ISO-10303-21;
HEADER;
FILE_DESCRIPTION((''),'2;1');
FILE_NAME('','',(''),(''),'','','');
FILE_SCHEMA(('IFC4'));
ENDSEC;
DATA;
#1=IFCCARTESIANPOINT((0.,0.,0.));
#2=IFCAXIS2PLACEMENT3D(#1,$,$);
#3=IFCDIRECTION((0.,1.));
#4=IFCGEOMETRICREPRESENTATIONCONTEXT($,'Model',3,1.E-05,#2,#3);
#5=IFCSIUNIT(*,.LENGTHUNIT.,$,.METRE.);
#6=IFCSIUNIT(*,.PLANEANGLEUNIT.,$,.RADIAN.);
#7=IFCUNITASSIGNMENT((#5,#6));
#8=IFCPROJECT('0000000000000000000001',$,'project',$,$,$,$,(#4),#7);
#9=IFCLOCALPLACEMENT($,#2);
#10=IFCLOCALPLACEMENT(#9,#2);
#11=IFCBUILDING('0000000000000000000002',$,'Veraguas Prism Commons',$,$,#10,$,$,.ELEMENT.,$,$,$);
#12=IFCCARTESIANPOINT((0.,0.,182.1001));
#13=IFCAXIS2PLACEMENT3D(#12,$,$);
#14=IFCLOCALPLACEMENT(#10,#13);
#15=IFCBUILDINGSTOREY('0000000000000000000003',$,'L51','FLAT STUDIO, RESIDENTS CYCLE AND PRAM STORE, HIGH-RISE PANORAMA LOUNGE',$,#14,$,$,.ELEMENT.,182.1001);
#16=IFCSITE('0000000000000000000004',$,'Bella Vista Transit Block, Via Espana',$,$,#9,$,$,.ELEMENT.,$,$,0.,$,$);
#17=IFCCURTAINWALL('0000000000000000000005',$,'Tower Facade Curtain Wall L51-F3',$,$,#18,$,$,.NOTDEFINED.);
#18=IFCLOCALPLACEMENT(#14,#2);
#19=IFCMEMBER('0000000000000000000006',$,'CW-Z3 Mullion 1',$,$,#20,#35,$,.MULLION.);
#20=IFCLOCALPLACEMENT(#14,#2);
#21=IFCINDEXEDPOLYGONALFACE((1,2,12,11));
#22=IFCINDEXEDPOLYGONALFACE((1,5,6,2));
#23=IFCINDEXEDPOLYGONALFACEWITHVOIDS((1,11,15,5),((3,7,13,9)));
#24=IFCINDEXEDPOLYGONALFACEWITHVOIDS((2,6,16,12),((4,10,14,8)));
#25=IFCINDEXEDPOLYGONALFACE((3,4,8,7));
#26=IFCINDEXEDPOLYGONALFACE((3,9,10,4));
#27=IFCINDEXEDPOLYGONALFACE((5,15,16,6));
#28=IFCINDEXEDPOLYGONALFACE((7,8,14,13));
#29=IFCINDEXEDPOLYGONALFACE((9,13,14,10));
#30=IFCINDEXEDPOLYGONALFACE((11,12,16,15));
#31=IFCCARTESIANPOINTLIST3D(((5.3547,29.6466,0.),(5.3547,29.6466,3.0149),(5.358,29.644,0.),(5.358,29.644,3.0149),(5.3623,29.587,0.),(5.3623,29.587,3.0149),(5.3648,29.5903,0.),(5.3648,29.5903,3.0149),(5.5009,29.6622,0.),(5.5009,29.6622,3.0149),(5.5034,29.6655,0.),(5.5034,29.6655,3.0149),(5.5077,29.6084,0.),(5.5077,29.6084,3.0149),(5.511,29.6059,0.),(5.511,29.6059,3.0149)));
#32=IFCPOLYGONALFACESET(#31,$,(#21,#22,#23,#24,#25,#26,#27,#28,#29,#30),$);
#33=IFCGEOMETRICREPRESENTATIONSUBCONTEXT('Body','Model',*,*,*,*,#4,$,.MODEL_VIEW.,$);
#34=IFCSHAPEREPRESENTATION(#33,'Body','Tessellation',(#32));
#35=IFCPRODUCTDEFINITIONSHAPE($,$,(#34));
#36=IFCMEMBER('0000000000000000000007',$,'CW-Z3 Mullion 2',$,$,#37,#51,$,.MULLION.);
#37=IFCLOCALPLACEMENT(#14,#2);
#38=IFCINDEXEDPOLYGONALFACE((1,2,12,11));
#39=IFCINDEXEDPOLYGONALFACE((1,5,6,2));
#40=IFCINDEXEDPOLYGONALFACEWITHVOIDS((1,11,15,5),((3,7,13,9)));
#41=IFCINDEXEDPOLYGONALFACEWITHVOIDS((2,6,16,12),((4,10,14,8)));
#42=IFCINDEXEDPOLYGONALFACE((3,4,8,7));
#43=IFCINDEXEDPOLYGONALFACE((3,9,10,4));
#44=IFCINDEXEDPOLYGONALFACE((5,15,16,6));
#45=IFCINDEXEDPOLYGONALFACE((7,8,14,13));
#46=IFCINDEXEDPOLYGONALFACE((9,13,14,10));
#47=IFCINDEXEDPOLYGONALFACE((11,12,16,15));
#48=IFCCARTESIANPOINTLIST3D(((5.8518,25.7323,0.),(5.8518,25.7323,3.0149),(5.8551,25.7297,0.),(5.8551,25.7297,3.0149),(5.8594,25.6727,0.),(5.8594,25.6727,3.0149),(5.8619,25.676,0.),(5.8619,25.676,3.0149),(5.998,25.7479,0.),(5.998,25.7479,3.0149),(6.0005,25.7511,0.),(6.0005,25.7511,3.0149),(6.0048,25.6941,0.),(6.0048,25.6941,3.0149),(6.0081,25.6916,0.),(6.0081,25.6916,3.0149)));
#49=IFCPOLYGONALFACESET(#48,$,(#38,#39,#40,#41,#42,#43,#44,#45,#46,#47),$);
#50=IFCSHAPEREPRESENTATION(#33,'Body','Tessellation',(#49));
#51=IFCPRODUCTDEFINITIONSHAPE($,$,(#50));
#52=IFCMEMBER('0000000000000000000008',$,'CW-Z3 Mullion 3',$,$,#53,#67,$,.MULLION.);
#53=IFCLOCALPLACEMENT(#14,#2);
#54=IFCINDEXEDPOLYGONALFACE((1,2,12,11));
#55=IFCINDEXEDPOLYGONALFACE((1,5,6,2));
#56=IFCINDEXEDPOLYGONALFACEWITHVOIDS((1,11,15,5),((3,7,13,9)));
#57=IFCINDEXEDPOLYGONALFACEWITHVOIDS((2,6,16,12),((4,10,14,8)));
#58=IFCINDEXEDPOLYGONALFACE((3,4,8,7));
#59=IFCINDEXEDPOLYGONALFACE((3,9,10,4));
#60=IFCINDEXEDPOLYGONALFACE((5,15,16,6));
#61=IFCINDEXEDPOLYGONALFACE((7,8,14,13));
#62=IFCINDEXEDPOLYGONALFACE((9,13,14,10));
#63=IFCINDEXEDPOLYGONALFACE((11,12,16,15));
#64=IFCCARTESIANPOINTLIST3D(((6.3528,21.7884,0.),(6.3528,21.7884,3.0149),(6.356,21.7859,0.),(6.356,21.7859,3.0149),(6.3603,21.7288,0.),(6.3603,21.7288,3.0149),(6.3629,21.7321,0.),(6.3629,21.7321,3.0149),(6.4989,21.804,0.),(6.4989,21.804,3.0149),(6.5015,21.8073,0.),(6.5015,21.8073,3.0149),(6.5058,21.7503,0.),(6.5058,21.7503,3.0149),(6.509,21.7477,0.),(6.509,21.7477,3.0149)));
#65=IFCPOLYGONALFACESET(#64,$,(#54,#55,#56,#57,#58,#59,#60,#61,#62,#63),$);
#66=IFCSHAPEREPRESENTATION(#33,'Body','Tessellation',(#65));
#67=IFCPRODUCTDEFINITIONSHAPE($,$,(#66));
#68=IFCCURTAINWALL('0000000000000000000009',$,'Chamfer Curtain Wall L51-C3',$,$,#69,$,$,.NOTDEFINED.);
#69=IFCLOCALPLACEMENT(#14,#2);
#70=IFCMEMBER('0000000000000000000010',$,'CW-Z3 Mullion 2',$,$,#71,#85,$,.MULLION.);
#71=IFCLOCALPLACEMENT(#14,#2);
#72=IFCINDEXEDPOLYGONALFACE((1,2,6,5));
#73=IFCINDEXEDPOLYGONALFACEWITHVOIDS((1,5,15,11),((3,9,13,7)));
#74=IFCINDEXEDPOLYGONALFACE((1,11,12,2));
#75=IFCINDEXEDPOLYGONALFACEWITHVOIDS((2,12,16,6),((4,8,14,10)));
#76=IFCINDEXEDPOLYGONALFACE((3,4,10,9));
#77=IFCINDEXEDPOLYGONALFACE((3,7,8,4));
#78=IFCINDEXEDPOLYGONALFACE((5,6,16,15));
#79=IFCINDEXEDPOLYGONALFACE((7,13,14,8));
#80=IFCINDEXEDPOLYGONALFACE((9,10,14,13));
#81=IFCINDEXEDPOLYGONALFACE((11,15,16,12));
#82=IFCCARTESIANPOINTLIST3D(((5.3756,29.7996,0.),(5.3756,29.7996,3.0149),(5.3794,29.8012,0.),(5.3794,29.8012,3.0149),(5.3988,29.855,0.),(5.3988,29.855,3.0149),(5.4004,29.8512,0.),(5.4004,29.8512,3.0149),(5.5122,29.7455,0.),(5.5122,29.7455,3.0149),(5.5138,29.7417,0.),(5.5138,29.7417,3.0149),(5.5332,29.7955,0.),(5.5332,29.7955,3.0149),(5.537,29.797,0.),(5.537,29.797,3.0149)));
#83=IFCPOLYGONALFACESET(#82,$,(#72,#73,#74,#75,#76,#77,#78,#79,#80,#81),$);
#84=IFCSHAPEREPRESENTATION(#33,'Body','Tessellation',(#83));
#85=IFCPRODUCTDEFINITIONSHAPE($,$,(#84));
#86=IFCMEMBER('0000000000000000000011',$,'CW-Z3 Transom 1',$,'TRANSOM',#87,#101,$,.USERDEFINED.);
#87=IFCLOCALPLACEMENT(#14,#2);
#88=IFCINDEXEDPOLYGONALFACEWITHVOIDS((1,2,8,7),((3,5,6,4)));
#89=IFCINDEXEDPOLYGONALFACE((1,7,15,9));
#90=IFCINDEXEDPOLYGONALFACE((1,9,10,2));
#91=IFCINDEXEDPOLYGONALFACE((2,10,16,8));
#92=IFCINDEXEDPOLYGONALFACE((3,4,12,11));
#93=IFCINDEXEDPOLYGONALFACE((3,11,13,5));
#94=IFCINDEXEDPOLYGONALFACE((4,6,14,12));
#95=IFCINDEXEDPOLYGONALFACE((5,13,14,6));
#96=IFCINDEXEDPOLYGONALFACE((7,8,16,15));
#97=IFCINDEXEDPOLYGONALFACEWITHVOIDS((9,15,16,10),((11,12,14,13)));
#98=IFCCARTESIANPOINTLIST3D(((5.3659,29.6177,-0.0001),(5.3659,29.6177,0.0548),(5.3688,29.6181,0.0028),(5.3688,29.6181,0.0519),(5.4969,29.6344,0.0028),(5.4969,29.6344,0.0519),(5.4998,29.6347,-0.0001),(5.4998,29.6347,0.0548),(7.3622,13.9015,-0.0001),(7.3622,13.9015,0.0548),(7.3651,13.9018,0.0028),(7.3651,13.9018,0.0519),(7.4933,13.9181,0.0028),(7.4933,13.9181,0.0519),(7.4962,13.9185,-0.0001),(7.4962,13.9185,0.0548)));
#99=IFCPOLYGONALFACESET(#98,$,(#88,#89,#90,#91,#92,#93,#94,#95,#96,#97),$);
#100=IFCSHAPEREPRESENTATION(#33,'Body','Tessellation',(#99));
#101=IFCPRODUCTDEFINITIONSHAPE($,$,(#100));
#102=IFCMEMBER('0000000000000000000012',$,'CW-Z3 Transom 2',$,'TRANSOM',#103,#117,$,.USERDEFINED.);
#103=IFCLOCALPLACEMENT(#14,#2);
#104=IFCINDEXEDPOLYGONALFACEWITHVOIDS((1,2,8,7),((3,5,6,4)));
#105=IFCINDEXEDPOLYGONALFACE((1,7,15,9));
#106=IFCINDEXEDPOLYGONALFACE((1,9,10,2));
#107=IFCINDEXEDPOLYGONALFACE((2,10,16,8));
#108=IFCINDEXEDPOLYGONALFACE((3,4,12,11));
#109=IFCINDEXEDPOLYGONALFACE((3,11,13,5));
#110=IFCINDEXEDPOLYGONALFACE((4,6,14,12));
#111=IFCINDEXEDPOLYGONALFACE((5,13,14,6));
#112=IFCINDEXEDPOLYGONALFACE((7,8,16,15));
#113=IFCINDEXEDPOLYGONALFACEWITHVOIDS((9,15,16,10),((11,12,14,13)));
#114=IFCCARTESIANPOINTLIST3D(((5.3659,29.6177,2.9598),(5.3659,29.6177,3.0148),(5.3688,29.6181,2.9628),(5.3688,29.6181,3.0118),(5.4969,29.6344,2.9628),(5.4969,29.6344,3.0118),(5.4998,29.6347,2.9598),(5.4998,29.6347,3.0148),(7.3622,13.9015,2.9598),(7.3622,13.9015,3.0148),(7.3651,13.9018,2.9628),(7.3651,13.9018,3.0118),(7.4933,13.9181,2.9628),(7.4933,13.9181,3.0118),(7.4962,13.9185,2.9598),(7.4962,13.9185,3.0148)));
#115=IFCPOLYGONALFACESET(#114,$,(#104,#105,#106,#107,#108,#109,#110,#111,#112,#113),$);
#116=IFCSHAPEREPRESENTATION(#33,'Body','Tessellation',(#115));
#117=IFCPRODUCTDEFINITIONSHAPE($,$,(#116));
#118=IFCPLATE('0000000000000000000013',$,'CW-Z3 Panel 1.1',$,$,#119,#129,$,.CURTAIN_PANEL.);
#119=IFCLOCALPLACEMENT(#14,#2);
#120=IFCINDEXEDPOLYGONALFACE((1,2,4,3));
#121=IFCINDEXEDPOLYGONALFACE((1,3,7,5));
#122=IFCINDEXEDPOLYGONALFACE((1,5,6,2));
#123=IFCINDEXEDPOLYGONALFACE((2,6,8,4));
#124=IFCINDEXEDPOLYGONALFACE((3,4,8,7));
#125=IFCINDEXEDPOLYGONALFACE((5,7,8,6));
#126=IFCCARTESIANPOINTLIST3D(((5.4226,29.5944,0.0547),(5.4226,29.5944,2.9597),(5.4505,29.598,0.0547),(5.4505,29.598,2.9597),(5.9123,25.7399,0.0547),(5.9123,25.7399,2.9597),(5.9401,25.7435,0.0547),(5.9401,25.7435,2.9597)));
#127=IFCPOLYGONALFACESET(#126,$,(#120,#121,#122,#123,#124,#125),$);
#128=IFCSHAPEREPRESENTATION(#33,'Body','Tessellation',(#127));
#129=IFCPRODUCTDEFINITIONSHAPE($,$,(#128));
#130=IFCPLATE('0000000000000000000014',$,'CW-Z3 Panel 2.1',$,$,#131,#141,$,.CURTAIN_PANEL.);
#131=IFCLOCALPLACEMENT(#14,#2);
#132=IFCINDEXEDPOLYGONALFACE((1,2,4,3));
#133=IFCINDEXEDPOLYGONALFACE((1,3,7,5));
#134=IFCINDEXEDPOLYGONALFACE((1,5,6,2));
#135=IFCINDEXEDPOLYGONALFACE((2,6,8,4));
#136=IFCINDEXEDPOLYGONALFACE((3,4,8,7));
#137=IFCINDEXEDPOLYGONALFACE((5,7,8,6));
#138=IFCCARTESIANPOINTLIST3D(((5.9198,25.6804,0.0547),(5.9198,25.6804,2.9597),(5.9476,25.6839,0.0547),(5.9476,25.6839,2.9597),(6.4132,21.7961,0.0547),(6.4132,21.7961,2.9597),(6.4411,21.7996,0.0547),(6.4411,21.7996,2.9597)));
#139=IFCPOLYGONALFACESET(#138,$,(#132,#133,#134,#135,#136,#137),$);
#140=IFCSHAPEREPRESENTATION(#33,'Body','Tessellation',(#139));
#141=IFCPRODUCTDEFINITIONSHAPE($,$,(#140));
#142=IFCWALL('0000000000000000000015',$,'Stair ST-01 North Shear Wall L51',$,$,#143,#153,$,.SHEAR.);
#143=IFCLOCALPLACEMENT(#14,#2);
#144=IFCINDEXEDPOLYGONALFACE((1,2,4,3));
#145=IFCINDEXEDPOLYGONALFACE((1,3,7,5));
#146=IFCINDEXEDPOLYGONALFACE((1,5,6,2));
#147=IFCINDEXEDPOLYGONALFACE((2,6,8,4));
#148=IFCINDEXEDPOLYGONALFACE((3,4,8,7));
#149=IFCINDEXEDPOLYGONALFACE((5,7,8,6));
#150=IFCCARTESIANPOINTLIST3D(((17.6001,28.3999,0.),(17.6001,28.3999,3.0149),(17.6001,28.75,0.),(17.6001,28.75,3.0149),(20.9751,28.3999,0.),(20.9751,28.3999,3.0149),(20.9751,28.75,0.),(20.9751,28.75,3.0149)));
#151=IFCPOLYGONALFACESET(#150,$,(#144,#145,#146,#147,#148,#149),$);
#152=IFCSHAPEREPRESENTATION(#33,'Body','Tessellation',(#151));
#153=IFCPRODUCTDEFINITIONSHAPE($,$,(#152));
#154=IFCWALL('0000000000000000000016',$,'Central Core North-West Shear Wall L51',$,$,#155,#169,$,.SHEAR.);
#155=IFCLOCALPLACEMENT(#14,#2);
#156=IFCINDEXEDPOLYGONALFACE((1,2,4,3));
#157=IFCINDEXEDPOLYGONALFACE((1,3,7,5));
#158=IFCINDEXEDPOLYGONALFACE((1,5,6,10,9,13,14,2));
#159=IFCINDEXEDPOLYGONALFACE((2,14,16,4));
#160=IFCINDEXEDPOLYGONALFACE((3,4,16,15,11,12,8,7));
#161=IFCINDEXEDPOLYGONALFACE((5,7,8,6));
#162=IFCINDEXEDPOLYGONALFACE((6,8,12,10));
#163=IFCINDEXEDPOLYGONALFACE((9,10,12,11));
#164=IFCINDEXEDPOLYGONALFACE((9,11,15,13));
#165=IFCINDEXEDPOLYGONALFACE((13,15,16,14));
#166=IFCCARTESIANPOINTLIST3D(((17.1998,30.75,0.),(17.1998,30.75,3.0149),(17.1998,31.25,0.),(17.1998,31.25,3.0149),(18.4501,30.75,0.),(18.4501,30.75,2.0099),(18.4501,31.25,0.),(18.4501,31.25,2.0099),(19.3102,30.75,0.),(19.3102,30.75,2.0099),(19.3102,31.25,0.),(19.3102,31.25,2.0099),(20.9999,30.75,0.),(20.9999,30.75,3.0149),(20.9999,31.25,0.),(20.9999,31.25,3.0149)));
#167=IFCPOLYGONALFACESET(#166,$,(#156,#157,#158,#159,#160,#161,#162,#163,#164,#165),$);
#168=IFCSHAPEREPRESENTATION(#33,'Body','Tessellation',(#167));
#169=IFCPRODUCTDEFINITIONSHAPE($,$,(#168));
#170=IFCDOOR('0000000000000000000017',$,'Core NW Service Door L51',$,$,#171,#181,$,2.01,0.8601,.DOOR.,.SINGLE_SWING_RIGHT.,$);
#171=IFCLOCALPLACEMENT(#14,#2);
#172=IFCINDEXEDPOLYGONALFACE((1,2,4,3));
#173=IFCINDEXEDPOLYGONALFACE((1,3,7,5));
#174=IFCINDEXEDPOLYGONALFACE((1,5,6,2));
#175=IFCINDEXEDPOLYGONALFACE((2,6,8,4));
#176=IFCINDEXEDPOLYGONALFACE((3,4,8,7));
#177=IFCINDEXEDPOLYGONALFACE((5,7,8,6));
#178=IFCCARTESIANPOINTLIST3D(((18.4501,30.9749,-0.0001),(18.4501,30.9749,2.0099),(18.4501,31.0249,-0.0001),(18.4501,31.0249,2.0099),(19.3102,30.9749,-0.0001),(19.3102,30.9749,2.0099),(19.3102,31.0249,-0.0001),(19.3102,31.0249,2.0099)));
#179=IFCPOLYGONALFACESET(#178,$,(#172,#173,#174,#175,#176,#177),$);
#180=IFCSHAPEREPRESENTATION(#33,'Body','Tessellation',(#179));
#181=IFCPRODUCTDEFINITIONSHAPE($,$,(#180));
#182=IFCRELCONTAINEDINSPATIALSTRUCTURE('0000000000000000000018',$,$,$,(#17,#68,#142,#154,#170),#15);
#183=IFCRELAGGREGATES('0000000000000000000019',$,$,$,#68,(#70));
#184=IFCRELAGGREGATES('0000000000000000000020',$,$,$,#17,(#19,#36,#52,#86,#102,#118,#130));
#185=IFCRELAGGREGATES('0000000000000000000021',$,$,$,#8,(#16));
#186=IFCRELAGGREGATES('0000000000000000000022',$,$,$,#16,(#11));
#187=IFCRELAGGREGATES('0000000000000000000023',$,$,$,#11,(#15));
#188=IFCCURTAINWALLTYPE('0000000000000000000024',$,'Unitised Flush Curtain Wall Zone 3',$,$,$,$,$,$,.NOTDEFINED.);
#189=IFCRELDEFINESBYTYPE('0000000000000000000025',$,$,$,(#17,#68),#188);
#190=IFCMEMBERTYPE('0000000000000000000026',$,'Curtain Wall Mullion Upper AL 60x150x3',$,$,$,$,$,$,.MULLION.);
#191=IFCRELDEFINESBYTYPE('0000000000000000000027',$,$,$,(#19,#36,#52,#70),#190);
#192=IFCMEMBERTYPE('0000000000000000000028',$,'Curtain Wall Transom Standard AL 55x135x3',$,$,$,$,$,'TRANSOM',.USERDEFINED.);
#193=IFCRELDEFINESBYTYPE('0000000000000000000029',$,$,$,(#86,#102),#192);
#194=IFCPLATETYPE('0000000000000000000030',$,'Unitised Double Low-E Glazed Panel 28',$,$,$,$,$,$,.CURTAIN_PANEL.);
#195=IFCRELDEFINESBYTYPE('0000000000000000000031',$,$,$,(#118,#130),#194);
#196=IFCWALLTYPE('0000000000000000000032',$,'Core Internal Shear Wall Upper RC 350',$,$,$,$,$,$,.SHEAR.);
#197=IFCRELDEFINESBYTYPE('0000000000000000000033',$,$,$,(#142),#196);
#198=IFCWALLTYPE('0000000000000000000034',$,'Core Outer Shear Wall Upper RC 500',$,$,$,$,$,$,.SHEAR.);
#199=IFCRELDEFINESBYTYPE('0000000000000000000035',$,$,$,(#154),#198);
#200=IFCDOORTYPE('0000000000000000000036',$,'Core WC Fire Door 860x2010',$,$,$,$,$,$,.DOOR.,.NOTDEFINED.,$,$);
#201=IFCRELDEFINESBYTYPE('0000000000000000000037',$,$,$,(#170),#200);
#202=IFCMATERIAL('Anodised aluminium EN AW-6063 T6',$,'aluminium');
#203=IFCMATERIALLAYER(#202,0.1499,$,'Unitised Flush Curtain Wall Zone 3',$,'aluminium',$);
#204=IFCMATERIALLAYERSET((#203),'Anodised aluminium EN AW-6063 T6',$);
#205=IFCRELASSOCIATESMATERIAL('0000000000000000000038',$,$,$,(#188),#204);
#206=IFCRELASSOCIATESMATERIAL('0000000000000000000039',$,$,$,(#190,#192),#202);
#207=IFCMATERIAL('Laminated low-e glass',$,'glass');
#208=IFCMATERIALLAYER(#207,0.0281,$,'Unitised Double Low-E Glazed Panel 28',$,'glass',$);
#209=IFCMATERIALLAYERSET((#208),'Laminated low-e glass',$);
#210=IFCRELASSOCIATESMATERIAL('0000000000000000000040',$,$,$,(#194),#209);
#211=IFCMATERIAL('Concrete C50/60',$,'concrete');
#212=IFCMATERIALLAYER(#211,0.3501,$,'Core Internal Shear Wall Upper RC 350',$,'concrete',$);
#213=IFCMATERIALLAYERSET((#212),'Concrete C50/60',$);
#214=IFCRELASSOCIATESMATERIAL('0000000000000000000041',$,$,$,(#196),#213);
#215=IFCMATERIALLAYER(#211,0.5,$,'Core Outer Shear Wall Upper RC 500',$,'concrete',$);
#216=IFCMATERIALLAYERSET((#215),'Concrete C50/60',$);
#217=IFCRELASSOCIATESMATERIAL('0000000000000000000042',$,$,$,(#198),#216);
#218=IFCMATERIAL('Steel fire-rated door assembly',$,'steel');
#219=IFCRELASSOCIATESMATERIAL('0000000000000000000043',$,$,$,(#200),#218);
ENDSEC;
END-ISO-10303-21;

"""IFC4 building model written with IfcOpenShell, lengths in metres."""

from ifc_helpers import new_model, si_unit, direction, frame, frame_2d, origin, origin_2d, place, context, subcontext, project, spatial, rectangle, hollow_rectangle, extrude, source, transform, mapped, material, layer, layer_set, material_profile, profile_set, type_object, element, fill, aggregate, save


model = new_model("IFC4")

# Units and contexts
model_context = context("Model", 3, precision=1e-05, world=origin(), true_north=direction((0.0, 1.0)))
body_context = subcontext(model_context, "Body", "Model", "MODEL_VIEW")
ifc_project = project(units=[si_unit("LENGTHUNIT", "METRE"), si_unit("PLANEANGLEUNIT", "RADIAN")], contexts=[model_context])

# Site, building, storey
site_placement = place(None, origin())
site = spatial("IfcSite", under=ifc_project, at=site_placement, Name="Bella Vista Transit Block, Via Espana", CompositionType="ELEMENT", RefElevation=0.0)
building_placement = place(site_placement, origin())
building = spatial("IfcBuilding", under=site, at=building_placement, Name="Veraguas Prism Commons", CompositionType="ELEMENT")
storey_placement = place(building_placement, frame((0.0, 0.0, 182.1001)))
storey = spatial("IfcBuildingStorey", under=building, at=storey_placement, Name="L51", Description="FLAT STUDIO, RESIDENTS CYCLE AND PRAM STORE, HIGH-RISE PANORAMA LOUNGE", CompositionType="ELEMENT", Elevation=182.1001)

# Shared definitions
ifc_material_1 = material(Name="Concrete C50/60", Category="concrete")

# Curtain wall, members
ifc_material_2 = material(Name="Anodised aluminium EN AW-6063 T6", Category="aluminium")
ifc_layer_1 = layer(ifc_material_2, 0.1499, Name="Unitised Flush Curtain Wall Zone 3", Category="aluminium")
ifc_layer_set_1 = layer_set([ifc_layer_1], Name="Anodised aluminium EN AW-6063 T6")
curtain_wall_type = type_object("IfcCurtainWallType", Name="Unitised Flush Curtain Wall Zone 3", PredefinedType="NOTDEFINED", material=ifc_layer_set_1)
curtain_wall_1_placement = place(storey_placement, origin())
curtain_wall_1 = element("IfcCurtainWall", 1, at=curtain_wall_1_placement, inside=storey, type_object=curtain_wall_type, Name="Tower Facade Curtain Wall L51-F3", PredefinedType="NOTDEFINED")
ifc_material_profile_1 = material_profile(ifc_material_2, hollow_rectangle(XDim=0.0601, YDim=0.1499, WallThickness=0.0029, at=origin_2d()), Name="AL60X150X3")
ifc_profile_set_1 = profile_set([ifc_material_profile_1], Name="Anodised aluminium EN AW-6063 T6")
member_type_1 = type_object("IfcMemberType", Name="Curtain Wall Mullion Upper AL 60x150x3", PredefinedType="MULLION", material=ifc_profile_set_1)
shared_shape_1 = source(origin(), body_context, "Body", "SweptSolid", [
    extrude(hollow_rectangle(XDim=0.0601, YDim=0.1499, WallThickness=0.0029, at=origin_2d()), origin(), (0.0, 0.0, 1.0), 3.0149),
])
member_1_placement = place(storey_placement, frame((5.4329, 29.6262, 0.0), z_axis=(0.0, 0.0, 1.0), x_axis=(0.126019, -0.992028, 0.0)))
member_1 = element("IfcMember", 2, at=member_1_placement, type_object=member_type_1, Name="CW-Z3 Mullion 1", PredefinedType="MULLION", context=body_context, shape_type="MappedRepresentation", body=[
    mapped(shared_shape_1, transform((0.0, 0.0, 0.0), scale=1.0)),
])
member_2_placement = place(storey_placement, frame((5.9299, 25.7119, 0.0), z_axis=(0.0, 0.0, 1.0), x_axis=(0.126019, -0.992028, 0.0)))
member_2 = element("IfcMember", 3, at=member_2_placement, type_object=member_type_1, Name="CW-Z3 Mullion 2", PredefinedType="MULLION", context=body_context, shape_type="MappedRepresentation", body=[
    mapped(shared_shape_1, transform((0.0, 0.0, 0.0), scale=1.0)),
])
member_3_placement = place(storey_placement, frame((6.4309, 21.7681, 0.0), z_axis=(0.0, 0.0, 1.0), x_axis=(0.126019, -0.992028, 0.0)))
member_3 = element("IfcMember", 4, at=member_3_placement, type_object=member_type_1, Name="CW-Z3 Mullion 3", PredefinedType="MULLION", context=body_context, shape_type="MappedRepresentation", body=[
    mapped(shared_shape_1, transform((0.0, 0.0, 0.0), scale=1.0)),
])

# Curtain wall, member
curtain_wall_2_placement = place(storey_placement, origin())
curtain_wall_2 = element("IfcCurtainWall", 5, at=curtain_wall_2_placement, inside=storey, type_object=curtain_wall_type, Name="Chamfer Curtain Wall L51-C3", PredefinedType="NOTDEFINED")
member_4_placement = place(storey_placement, frame((5.4563, 29.7983, 0.0), z_axis=(0.0, 0.0, 1.0), x_axis=(-0.38687, -0.922134, 0.0)))
member_4 = element("IfcMember", 6, at=member_4_placement, type_object=member_type_1, Name="CW-Z3 Mullion 2", PredefinedType="MULLION", context=body_context, shape_type="MappedRepresentation", body=[
    mapped(shared_shape_1, transform((0.0, 0.0, 0.0), scale=1.0)),
])
aggregate(curtain_wall_2, [member_4])

# Members
ifc_material_profile_2 = material_profile(ifc_material_2, hollow_rectangle(XDim=0.0549, YDim=0.135, WallThickness=0.0029, at=origin_2d()), Name="AL55X135X3")
ifc_profile_set_2 = profile_set([ifc_material_profile_2], Name="Anodised aluminium EN AW-6063 T6")
member_type_2 = type_object("IfcMemberType", Name="Curtain Wall Transom Standard AL 55x135x3", ElementType="TRANSOM", PredefinedType="USERDEFINED", material=ifc_profile_set_2)
shared_shape_2 = source(origin(), body_context, "Body", "SweptSolid", [
    extrude(hollow_rectangle(XDim=0.0549, YDim=0.135, WallThickness=0.0029, at=origin_2d()), origin(), (0.0, 0.0, 1.0), 15.8425),
])
member_5_placement = place(storey_placement, frame((5.4329, 29.6262, 0.0273), z_axis=(0.126011, -0.992029, 0.0), x_axis=(0.0, 0.0, 1.0)))
member_5 = element("IfcMember", 7, at=member_5_placement, type_object=member_type_2, Name="CW-Z3 Transom 1", ObjectType="TRANSOM", PredefinedType="USERDEFINED", context=body_context, shape_type="MappedRepresentation", body=[
    mapped(shared_shape_2, transform((0.0, 0.0, 0.0), scale=1.0)),
])
member_6_placement = place(storey_placement, frame((5.4329, 29.6262, 2.9873), z_axis=(0.126011, -0.992029, 0.0), x_axis=(0.0, 0.0, 1.0)))
member_6 = element("IfcMember", 8, at=member_6_placement, type_object=member_type_2, Name="CW-Z3 Transom 2", ObjectType="TRANSOM", PredefinedType="USERDEFINED", context=body_context, shape_type="MappedRepresentation", body=[
    mapped(shared_shape_2, transform((0.0, 0.0, 0.0), scale=1.0)),
])

# Plates
ifc_material_3 = material(Name="Laminated low-e glass", Category="glass")
ifc_layer_2 = layer(ifc_material_3, 0.0281, Name="Unitised Double Low-E Glazed Panel 28", Category="glass")
ifc_layer_set_2 = layer_set([ifc_layer_2], Name="Laminated low-e glass")
plate_type = type_object("IfcPlateType", Name="Unitised Double Low-E Glazed Panel 28", PredefinedType="CURTAIN_PANEL", material=ifc_layer_set_2)
shared_shape_3 = source(origin(), body_context, "Body", "SweptSolid", [
    extrude(rectangle(XDim=3.8855, YDim=0.0281, at=origin_2d()), origin(), (0.0, 0.0, 1.0), 2.905),
])
plate_1_placement = place(storey_placement, frame((5.6814, 27.6689, 0.0547), z_axis=(0.0, 0.0, 1.0), x_axis=(0.126019, -0.992028, 0.0)))
plate_1 = element("IfcPlate", 9, at=plate_1_placement, type_object=plate_type, Name="CW-Z3 Panel 1.1", PredefinedType="CURTAIN_PANEL", context=body_context, shape_type="MappedRepresentation", body=[
    mapped(shared_shape_3, transform((0.0, 0.0, 0.0), scale=1.0)),
])
shared_shape_4 = source(origin(), body_context, "Body", "SweptSolid", [
    extrude(rectangle(XDim=3.9155, YDim=0.0281, at=origin_2d()), origin(), (0.0, 0.0, 1.0), 2.905),
])
plate_2_placement = place(storey_placement, frame((6.1804, 23.74, 0.0547), z_axis=(0.0, 0.0, 1.0), x_axis=(0.126019, -0.992028, 0.0)))
plate_2 = element("IfcPlate", 10, at=plate_2_placement, type_object=plate_type, Name="CW-Z3 Panel 2.1", PredefinedType="CURTAIN_PANEL", context=body_context, shape_type="MappedRepresentation", body=[
    mapped(shared_shape_4, transform((0.0, 0.0, 0.0), scale=1.0)),
])
aggregate(curtain_wall_1, [member_1, member_2, member_3, member_5, member_6, plate_1, plate_2])

# Wall
ifc_layer_3 = layer(ifc_material_1, 0.3501, Name="Core Internal Shear Wall Upper RC 350", Category="concrete")
ifc_layer_set_3 = layer_set([ifc_layer_3], Name="Concrete C50/60")
wall_type_1 = type_object("IfcWallType", Name="Core Internal Shear Wall Upper RC 350", PredefinedType="SHEAR", material=ifc_layer_set_3)
wall_1_placement = place(storey_placement, frame((17.6001, 28.575, 0.0), z_axis=(0.0, 0.0, 1.0), x_axis=(1.0, 0.0, 0.0)))
element("IfcWall", 11, at=wall_1_placement, inside=storey, type_object=wall_type_1, Name="Stair ST-01 North Shear Wall L51", PredefinedType="SHEAR", context=body_context, shape_type="SweptSolid", body=[
    extrude(rectangle(XDim=3.375, YDim=0.3501, at=frame_2d((1.6875, 0.0))), origin(), (0.0, 0.0, 1.0), 3.0149),
])

# Wall, opening, door
ifc_layer_4 = layer(ifc_material_1, 0.5, Name="Core Outer Shear Wall Upper RC 500", Category="concrete")
ifc_layer_set_4 = layer_set([ifc_layer_4], Name="Concrete C50/60")
wall_type_2 = type_object("IfcWallType", Name="Core Outer Shear Wall Upper RC 500", PredefinedType="SHEAR", material=ifc_layer_set_4)
wall_2_placement = place(storey_placement, frame((17.2, 31.0, 0.0), z_axis=(0.0, 0.0, 1.0), x_axis=(1.0, 0.0, 0.0)))
wall_2 = element("IfcWall", 12, at=wall_2_placement, inside=storey, type_object=wall_type_2, Name="Central Core North-West Shear Wall L51", PredefinedType="SHEAR", context=body_context, shape_type="SweptSolid", body=[
    extrude(rectangle(XDim=3.8, YDim=0.5, at=frame_2d((1.8999, 0.0))), origin(), (0.0, 0.0, 1.0), 3.0149),
])
opening_1_placement = place(wall_2_placement, frame((1.25, 0.0, 0.0)))
opening_1 = element("IfcOpeningElement", 13, at=opening_1_placement, cuts=wall_2, PredefinedType="OPENING", context=body_context, shape_type="SweptSolid", body=[
    extrude(rectangle(XDim=0.8601, YDim=2.01, at=frame_2d((0.4302, 1.0049))), frame((0.0, 0.26, 0.0), z_axis=(0.0, -1.0, 0.0), x_axis=(1.0, 0.0, 0.0)), (0.0, 0.0, 1.0), 0.52),
])
ifc_material_4 = material(Name="Steel fire-rated door assembly", Category="steel")
door_type_1 = type_object("IfcDoorType", Name="Core WC Fire Door 860x2010", OperationType="NOTDEFINED", PredefinedType="DOOR", material=ifc_material_4)
shared_shape_5 = source(origin(), body_context, "Body", "SweptSolid", [
    extrude(rectangle(XDim=0.8601, YDim=2.01, at=frame_2d((0.4302, 1.0049))), frame((0.0, 0.0249, 0.0), z_axis=(0.0, -1.0, 0.0), x_axis=(1.0, 0.0, 0.0)), (0.0, 0.0, 1.0), 0.05),
])
door_1_placement = place(opening_1_placement, origin())
door_1 = element("IfcDoor", 14, at=door_1_placement, inside=storey, type_object=door_type_1, Name="Core NW Service Door L51", OperationType="SINGLE_SWING_RIGHT", OverallHeight=2.01, OverallWidth=0.8601, PredefinedType="DOOR", context=body_context, shape_type="MappedRepresentation", body=[
    mapped(shared_shape_5, transform((0.0, 0.0, 0.0), scale=1.0)),
])
fill(opening_1, door_1)

save(model, "model.ifc")
